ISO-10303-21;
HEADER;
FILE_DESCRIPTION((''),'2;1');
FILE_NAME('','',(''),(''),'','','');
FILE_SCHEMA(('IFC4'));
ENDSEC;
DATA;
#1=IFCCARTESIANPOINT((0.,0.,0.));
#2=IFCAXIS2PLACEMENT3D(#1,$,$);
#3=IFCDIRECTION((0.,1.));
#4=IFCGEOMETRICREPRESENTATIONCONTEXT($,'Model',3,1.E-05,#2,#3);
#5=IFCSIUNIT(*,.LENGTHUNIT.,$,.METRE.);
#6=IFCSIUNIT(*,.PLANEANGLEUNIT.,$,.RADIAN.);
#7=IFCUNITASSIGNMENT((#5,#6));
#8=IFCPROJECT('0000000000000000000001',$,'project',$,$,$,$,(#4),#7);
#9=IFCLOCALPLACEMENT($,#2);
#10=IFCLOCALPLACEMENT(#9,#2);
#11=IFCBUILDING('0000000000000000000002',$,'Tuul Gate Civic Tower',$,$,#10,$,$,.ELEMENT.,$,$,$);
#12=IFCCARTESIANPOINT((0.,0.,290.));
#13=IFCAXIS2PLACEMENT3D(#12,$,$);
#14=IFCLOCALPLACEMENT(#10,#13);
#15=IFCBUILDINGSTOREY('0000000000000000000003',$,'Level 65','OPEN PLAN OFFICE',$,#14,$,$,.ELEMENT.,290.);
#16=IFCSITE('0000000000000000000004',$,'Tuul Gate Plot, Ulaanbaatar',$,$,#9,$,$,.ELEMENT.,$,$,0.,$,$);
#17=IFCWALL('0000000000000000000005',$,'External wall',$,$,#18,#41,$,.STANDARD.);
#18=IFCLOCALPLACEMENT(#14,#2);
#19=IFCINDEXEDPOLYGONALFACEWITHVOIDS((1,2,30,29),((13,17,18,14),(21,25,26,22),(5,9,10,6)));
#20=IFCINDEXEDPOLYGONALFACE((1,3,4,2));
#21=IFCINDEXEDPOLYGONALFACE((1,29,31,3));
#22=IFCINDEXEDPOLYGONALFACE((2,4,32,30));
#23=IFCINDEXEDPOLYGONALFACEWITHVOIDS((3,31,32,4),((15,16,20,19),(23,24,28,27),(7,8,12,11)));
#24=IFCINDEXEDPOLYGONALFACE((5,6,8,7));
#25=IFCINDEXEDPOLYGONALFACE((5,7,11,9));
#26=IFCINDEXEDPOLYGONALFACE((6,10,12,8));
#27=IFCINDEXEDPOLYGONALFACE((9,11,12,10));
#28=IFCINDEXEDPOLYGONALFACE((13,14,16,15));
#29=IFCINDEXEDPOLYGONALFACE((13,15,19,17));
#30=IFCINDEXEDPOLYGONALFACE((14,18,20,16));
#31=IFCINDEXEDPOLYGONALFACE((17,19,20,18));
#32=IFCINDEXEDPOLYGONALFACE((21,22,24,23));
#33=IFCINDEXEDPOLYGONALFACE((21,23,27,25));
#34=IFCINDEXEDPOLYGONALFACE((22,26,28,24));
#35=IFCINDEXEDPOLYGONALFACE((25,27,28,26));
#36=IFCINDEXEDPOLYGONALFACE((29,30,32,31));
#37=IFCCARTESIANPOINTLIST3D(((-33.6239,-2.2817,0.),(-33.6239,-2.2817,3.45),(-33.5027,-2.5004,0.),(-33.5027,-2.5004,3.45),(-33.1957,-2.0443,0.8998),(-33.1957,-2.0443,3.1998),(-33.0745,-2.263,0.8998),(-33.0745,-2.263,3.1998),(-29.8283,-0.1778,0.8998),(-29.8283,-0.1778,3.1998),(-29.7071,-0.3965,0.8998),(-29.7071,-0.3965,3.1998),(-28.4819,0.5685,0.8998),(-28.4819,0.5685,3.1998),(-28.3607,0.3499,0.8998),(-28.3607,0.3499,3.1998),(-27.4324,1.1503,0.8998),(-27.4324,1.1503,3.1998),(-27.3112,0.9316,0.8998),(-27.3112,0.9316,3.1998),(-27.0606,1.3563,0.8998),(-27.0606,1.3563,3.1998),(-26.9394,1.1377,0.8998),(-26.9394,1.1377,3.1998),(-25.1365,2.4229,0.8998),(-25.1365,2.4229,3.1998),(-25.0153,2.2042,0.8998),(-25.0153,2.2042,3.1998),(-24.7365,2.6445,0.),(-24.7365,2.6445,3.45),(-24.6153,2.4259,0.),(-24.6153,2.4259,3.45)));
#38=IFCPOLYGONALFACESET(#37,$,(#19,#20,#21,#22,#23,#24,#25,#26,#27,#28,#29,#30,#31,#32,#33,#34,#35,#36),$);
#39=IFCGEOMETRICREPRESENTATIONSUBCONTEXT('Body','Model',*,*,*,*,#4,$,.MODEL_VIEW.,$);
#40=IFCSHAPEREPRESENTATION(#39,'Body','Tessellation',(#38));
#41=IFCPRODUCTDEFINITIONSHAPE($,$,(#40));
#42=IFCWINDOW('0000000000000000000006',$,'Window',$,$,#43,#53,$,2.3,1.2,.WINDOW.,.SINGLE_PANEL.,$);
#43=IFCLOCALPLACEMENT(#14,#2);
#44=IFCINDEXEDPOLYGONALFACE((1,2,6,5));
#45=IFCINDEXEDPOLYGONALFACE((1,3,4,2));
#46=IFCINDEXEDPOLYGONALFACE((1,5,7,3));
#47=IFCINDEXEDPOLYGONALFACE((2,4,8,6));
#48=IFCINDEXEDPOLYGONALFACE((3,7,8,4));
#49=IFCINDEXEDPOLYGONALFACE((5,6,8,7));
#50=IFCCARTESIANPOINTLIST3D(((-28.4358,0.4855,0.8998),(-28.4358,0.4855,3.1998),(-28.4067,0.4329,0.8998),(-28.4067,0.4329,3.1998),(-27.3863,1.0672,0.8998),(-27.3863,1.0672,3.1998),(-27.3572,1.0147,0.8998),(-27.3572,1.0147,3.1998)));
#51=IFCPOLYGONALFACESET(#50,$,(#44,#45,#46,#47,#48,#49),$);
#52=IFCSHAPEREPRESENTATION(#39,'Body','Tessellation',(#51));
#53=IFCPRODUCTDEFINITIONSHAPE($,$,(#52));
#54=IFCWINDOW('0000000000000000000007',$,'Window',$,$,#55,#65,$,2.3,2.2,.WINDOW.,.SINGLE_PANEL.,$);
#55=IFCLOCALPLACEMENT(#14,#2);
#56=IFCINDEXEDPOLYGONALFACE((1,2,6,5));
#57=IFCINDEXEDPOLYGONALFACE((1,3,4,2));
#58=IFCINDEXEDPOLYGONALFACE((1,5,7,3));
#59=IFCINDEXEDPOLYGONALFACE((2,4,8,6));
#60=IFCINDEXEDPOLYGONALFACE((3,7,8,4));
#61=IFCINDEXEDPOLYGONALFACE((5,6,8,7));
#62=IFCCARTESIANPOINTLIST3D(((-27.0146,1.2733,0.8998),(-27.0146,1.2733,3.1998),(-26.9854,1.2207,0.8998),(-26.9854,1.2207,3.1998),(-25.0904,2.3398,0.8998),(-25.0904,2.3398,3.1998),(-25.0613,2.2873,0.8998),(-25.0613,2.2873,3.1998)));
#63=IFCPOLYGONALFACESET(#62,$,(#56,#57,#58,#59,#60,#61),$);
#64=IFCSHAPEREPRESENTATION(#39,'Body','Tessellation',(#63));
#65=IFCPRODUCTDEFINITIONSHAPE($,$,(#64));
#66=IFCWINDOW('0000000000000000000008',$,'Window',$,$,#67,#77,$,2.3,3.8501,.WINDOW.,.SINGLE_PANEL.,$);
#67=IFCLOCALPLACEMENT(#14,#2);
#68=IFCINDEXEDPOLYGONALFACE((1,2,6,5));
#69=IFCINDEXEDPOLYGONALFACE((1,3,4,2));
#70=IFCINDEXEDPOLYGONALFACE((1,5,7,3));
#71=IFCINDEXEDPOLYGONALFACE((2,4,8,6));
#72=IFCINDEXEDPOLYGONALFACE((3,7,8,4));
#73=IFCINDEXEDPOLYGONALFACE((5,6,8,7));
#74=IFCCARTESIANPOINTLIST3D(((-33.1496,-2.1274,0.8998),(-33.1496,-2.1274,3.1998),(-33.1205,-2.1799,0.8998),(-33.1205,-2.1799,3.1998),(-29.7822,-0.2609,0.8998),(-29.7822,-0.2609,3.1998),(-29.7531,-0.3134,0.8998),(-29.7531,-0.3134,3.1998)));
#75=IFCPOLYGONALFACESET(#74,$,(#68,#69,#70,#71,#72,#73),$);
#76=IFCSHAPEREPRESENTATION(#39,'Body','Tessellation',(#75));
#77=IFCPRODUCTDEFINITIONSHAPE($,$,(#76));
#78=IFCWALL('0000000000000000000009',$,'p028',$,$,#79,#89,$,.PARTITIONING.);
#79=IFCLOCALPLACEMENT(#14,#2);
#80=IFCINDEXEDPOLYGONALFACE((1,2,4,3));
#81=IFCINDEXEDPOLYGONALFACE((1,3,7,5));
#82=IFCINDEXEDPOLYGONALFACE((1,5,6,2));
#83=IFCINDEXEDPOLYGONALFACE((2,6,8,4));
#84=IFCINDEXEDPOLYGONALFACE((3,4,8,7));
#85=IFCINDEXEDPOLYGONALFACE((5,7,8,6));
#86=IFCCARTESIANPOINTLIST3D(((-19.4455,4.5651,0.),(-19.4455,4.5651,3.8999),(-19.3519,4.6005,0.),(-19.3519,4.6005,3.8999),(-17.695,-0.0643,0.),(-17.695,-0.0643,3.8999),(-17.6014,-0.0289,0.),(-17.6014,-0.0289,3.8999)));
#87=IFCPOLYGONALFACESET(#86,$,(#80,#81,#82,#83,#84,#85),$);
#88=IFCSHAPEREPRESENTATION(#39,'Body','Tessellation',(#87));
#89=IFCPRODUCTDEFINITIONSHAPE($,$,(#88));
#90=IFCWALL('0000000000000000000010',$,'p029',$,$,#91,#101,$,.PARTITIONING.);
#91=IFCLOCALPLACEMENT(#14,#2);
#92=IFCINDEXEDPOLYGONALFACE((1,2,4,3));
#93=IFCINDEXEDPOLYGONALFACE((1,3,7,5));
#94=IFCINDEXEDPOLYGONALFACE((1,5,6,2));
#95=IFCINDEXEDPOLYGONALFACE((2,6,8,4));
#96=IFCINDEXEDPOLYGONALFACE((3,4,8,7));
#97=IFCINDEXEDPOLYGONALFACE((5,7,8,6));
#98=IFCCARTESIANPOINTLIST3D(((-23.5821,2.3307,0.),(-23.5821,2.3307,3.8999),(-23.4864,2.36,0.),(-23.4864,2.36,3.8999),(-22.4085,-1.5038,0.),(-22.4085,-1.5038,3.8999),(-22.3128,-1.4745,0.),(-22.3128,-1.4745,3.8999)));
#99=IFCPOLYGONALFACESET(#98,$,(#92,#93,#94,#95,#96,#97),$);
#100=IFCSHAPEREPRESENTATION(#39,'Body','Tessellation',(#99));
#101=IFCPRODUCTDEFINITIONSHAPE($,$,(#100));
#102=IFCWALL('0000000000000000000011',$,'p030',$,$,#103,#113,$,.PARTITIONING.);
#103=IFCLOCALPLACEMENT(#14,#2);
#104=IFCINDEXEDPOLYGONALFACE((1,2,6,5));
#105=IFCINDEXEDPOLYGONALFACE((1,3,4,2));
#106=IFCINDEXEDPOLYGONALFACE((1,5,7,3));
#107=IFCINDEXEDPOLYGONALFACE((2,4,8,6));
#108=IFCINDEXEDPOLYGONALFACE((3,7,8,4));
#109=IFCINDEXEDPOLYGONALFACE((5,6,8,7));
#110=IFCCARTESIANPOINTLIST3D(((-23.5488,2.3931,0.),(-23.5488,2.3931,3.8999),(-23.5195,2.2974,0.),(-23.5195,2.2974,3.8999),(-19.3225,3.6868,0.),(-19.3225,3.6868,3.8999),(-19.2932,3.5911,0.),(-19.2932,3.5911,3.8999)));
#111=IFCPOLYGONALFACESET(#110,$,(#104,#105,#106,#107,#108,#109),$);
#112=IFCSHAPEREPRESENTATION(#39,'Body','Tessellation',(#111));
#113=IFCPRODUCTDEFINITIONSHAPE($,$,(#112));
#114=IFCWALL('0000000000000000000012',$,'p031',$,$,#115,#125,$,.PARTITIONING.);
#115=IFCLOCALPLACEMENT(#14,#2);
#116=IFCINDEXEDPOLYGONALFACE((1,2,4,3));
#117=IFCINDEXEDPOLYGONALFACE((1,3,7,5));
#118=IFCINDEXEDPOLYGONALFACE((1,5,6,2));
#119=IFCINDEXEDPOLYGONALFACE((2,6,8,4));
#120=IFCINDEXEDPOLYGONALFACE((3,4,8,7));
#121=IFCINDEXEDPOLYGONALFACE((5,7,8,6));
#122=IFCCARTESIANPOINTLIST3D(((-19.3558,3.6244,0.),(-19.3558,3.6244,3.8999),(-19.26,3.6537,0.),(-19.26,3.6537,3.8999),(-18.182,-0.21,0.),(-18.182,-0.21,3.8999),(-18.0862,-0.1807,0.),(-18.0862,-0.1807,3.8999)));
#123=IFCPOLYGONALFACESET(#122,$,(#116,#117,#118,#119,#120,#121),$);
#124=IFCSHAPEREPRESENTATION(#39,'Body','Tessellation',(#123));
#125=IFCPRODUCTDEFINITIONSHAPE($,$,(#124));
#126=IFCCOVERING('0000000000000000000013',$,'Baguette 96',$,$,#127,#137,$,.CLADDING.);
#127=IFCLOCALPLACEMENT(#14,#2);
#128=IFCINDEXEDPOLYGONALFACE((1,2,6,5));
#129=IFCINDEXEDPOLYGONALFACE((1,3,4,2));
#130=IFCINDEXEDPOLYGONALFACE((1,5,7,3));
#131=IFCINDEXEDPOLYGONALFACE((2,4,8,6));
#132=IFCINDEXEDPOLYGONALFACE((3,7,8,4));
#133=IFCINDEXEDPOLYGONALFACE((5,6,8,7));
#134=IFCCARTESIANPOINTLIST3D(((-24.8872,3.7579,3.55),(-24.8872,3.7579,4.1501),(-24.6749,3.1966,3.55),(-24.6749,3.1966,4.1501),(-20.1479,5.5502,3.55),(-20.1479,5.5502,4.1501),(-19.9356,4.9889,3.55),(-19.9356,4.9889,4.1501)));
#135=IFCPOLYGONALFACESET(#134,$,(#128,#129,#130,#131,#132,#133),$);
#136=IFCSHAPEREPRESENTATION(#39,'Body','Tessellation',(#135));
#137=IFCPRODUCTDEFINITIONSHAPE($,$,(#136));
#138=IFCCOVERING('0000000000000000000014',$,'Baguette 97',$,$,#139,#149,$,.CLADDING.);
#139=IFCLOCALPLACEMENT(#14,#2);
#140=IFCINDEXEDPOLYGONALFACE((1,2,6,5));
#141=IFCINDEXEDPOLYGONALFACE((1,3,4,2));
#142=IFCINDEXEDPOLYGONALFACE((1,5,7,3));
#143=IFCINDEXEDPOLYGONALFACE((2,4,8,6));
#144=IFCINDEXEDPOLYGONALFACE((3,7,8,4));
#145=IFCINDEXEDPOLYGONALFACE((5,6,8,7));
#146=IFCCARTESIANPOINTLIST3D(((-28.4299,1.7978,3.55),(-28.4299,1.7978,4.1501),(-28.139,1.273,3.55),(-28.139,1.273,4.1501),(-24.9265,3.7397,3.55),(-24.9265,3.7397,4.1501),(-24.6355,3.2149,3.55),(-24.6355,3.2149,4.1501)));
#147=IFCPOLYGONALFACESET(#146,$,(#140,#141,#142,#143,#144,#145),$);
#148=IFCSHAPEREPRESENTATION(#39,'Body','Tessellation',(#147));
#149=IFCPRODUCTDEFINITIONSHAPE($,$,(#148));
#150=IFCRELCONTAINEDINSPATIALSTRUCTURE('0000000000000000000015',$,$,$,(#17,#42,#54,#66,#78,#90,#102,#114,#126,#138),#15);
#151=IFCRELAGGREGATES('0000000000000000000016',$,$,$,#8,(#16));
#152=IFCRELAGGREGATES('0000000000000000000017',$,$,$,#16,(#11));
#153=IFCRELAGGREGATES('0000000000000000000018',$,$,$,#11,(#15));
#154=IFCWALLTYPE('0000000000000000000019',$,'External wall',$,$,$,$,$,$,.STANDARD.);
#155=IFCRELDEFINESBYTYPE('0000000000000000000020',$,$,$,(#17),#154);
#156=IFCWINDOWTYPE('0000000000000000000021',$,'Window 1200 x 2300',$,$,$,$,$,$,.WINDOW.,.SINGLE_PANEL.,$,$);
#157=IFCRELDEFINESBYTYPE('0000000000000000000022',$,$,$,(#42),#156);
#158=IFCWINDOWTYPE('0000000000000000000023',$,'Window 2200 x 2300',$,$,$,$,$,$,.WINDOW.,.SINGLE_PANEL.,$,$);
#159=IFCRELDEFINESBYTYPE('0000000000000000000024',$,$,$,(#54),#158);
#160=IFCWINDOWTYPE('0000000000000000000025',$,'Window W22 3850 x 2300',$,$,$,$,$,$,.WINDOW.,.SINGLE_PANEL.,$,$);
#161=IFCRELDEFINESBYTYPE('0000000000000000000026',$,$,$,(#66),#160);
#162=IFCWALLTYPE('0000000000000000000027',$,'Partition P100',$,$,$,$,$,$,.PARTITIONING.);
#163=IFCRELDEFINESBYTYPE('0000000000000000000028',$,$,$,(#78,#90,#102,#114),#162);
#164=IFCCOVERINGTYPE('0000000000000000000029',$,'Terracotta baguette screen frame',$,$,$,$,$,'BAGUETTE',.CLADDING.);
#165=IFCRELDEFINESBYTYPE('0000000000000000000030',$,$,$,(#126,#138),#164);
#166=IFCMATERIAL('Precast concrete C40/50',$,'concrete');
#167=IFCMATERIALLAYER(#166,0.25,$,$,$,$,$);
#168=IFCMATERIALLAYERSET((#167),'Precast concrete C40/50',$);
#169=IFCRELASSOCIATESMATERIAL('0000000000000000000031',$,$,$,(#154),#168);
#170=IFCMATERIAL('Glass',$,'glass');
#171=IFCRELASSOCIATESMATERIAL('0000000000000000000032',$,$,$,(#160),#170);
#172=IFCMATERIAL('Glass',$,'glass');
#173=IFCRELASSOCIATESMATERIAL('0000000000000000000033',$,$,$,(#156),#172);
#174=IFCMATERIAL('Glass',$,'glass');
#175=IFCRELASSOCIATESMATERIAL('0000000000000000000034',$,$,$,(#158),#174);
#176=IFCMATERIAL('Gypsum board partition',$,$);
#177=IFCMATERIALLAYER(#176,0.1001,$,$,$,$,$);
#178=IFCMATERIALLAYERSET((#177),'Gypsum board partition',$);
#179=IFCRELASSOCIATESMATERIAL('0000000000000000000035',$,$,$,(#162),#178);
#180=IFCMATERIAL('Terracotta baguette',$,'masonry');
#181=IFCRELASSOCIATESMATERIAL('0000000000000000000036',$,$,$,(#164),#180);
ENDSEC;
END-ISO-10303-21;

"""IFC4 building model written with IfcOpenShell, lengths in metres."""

from ifc_helpers import new_model, si_unit, direction, frame, frame_2d, origin, origin_2d, place, context, subcontext, project, spatial, rectangle, extrude, material, layer, layer_set, material_profile, profile_set, type_object, element, fill, save


model = new_model("IFC4")

# Units and contexts
model_context = context("Model", 3, precision=1e-05, world=origin(), true_north=direction((0.0, 1.0)))
body_context = subcontext(model_context, "Body", "Model", "MODEL_VIEW")
ifc_project = project(units=[si_unit("LENGTHUNIT", "METRE"), si_unit("PLANEANGLEUNIT", "RADIAN")], contexts=[model_context])

# Site, building, storey
site_placement = place(None, origin())
site = spatial("IfcSite", under=ifc_project, at=site_placement, Name="Tuul Gate Plot, Ulaanbaatar", CompositionType="ELEMENT", RefElevation=0.0)
building_placement = place(site_placement, origin())
building = spatial("IfcBuilding", under=site, at=building_placement, Name="Tuul Gate Civic Tower", CompositionType="ELEMENT")
storey_placement = place(building_placement, frame((0.0, 0.0, 290.0)))
storey = spatial("IfcBuildingStorey", under=building, at=storey_placement, Name="Level 65", Description="OPEN PLAN OFFICE", CompositionType="ELEMENT", Elevation=290.0)

# Wall, openings, windows
ifc_material_1 = material(Name="Precast concrete C40/50", Category="concrete")
ifc_layer_1 = layer(ifc_material_1, 0.25)
ifc_layer_set_1 = layer_set([ifc_layer_1], Name="Precast concrete C40/50")
wall_type_1 = type_object("IfcWallType", Name="External wall", PredefinedType="STANDARD", material=ifc_layer_set_1)
ifc_material_2 = material(Name="Glass", Category="glass")
window_type_1 = type_object("IfcWindowType", Name="Window W22 3850 x 2300", PartitioningType="SINGLE_PANEL", PredefinedType="WINDOW", material=ifc_material_2)
wall_1_placement = place(storey_placement, frame((-24.676, 2.5352, 0.0), z_axis=(0.0, 0.0, 1.0), x_axis=(-0.874625, -0.4848, 0.0)))
wall_1 = element("IfcWall", 1, at=wall_1_placement, inside=storey, type_object=wall_type_1, Name="External wall", PredefinedType="STANDARD", context=body_context, shape_type="SweptSolid", body=[
    extrude(rectangle(XDim=10.1614, YDim=0.25, at=frame_2d((5.0806, 0.0))), origin(), (0.0, 0.0, 1.0), 3.45),
])
opening_1_placement = place(wall_1_placement, frame((5.8215, 0.0, 0.8999)))
opening_1 = element("IfcOpeningElement", 2, at=opening_1_placement, cuts=wall_1, PredefinedType="OPENING", context=body_context, shape_type="SweptSolid", body=[
    extrude(rectangle(XDim=3.8501, YDim=2.3, at=frame_2d((1.925, 1.1499))), frame((0.0, 0.135, 0.0), z_axis=(0.0, -1.0, 0.0), x_axis=(1.0, 0.0, 0.0)), (0.0, 0.0, 1.0), 0.27),
])
opening_2_placement = place(wall_1_placement, frame((0.457, 0.0, 0.8999)))
opening_2 = element("IfcOpeningElement", 3, at=opening_2_placement, cuts=wall_1, PredefinedType="OPENING", context=body_context, shape_type="SweptSolid", body=[
    extrude(rectangle(XDim=2.2, YDim=2.3, at=frame_2d((1.1001, 1.1499))), frame((0.0, 0.135, 0.0), z_axis=(0.0, -1.0, 0.0), x_axis=(1.0, 0.0, 0.0)), (0.0, 0.0, 1.0), 0.27),
])
opening_3_placement = place(wall_1_placement, frame((3.082, 0.0, 0.8999)))
opening_3 = element("IfcOpeningElement", 4, at=opening_3_placement, cuts=wall_1, PredefinedType="OPENING", context=body_context, shape_type="SweptSolid", body=[
    extrude(rectangle(XDim=1.2, YDim=2.3, at=frame_2d((0.6001, 1.1499))), frame((0.0, 0.135, 0.0), z_axis=(0.0, -1.0, 0.0), x_axis=(1.0, 0.0, 0.0)), (0.0, 0.0, 1.0), 0.27),
])
ifc_material_3 = material(Name="Glass", Category="glass")
window_type_2 = type_object("IfcWindowType", Name="Window 1200 x 2300", PartitioningType="SINGLE_PANEL", PredefinedType="WINDOW", material=ifc_material_3)
window_1_placement = place(opening_3_placement, origin())
window_1 = element("IfcWindow", 5, at=window_1_placement, inside=storey, type_object=window_type_2, Name="Window", OverallHeight=2.3, OverallWidth=1.2, PartitioningType="SINGLE_PANEL", PredefinedType="WINDOW", context=body_context, shape_type="SweptSolid", body=[
    extrude(rectangle(XDim=1.2, YDim=2.3, at=frame_2d((0.6001, 1.1499))), frame((0.0, 0.03, 0.0), z_axis=(0.0, -1.0, 0.0), x_axis=(1.0, 0.0, 0.0)), (0.0, 0.0, 1.0), 0.0601),
])
fill(opening_3, window_1)
ifc_material_4 = material(Name="Glass", Category="glass")
window_type_3 = type_object("IfcWindowType", Name="Window 2200 x 2300", PartitioningType="SINGLE_PANEL", PredefinedType="WINDOW", material=ifc_material_4)
window_2_placement = place(opening_2_placement, origin())
window_2 = element("IfcWindow", 6, at=window_2_placement, inside=storey, type_object=window_type_3, Name="Window", OverallHeight=2.3, OverallWidth=2.2, PartitioningType="SINGLE_PANEL", PredefinedType="WINDOW", context=body_context, shape_type="SweptSolid", body=[
    extrude(rectangle(XDim=2.2, YDim=2.3, at=frame_2d((1.1001, 1.1499))), frame((0.0, 0.03, 0.0), z_axis=(0.0, -1.0, 0.0), x_axis=(1.0, 0.0, 0.0)), (0.0, 0.0, 1.0), 0.0601),
])
fill(opening_2, window_2)
window_3_placement = place(opening_1_placement, origin())
window_3 = element("IfcWindow", 7, at=window_3_placement, inside=storey, type_object=window_type_1, Name="Window", OverallHeight=2.3, OverallWidth=3.8501, PartitioningType="SINGLE_PANEL", PredefinedType="WINDOW", context=body_context, shape_type="SweptSolid", body=[
    extrude(rectangle(XDim=3.8501, YDim=2.3, at=frame_2d((1.925, 1.1499))), frame((0.0, 0.03, 0.0), z_axis=(0.0, -1.0, 0.0), x_axis=(1.0, 0.0, 0.0)), (0.0, 0.0, 1.0), 0.0601),
])
fill(opening_1, window_3)

# Walls
ifc_material_5 = material(Name="Gypsum board partition")
ifc_layer_2 = layer(ifc_material_5, 0.1001)
ifc_layer_set_2 = layer_set([ifc_layer_2], Name="Gypsum board partition")
wall_type_2 = type_object("IfcWallType", Name="Partition P100", PredefinedType="PARTITIONING", material=ifc_layer_set_2)
wall_2_placement = place(storey_placement, frame((-19.3987, 4.5828, 0.0), z_axis=(0.0, 0.0, 1.0), x_axis=(0.353684, -0.935365, 0.0)))
element("IfcWall", 8, at=wall_2_placement, inside=storey, type_object=wall_type_2, Name="p028", PredefinedType="PARTITIONING", context=body_context, shape_type="SweptSolid", body=[
    extrude(rectangle(XDim=4.9492, YDim=0.1001, at=frame_2d((2.4746, 0.0))), origin(), (0.0, 0.0, 1.0), 3.8999),
])
wall_3_placement = place(storey_placement, frame((-23.5342, 2.3452, 0.0), z_axis=(0.0, 0.0, 1.0), x_axis=(0.292661, -0.956216, 0.0)))
element("IfcWall", 9, at=wall_3_placement, inside=storey, type_object=wall_type_2, Name="p029", PredefinedType="PARTITIONING", context=body_context, shape_type="SweptSolid", body=[
    extrude(rectangle(XDim=4.01, YDim=0.1001, at=frame_2d((2.0049, 0.0))), origin(), (0.0, 0.0, 1.0), 3.8999),
])
wall_4_placement = place(storey_placement, frame((-23.5342, 2.3452, 0.0), z_axis=(0.0, 0.0, 1.0), x_axis=(0.956204, 0.2927, 0.0)))
element("IfcWall", 10, at=wall_4_placement, inside=storey, type_object=wall_type_2, Name="p030", PredefinedType="PARTITIONING", context=body_context, shape_type="SweptSolid", body=[
    extrude(rectangle(XDim=4.4199, YDim=0.1001, at=frame_2d((2.21, 0.0))), origin(), (0.0, 0.0, 1.0), 3.8999),
])
wall_5_placement = place(storey_placement, frame((-19.3079, 3.6389, 0.0), z_axis=(0.0, 0.0, 1.0), x_axis=(0.292717, -0.956199, 0.0)))
element("IfcWall", 11, at=wall_5_placement, inside=storey, type_object=wall_type_2, Name="p031", PredefinedType="PARTITIONING", context=body_context, shape_type="SweptSolid", body=[
    extrude(rectangle(XDim=4.01, YDim=0.1001, at=frame_2d((2.0049, 0.0))), origin(), (0.0, 0.0, 1.0), 3.8999),
])

# Coverings
ifc_material_6 = material(Name="Terracotta baguette", Category="masonry")
ifc_material_profile_1 = material_profile(ifc_material_6, rectangle(XDim=0.6001, YDim=0.6001, at=origin_2d()), Name="Terracotta baguette screen frame")
ifc_profile_set_1 = profile_set([ifc_material_profile_1], Name="Terracotta baguette")
covering_type = type_object("IfcCoveringType", Name="Terracotta baguette screen frame", ElementType="BAGUETTE", PredefinedType="CLADDING", material=ifc_profile_set_1)
covering_1_placement = place(storey_placement, frame((-20.0417, 5.2695, 3.8501), z_axis=(-0.935351, -0.35372, 0.0), x_axis=(0.35372, -0.935351, 0.0)))
element("IfcCovering", 12, at=covering_1_placement, inside=storey, type_object=covering_type, Name="Baguette 96", PredefinedType="CLADDING", context=body_context, shape_type="SweptSolid", body=[
    extrude(rectangle(XDim=0.6001, YDim=0.6001, at=origin_2d()), origin(), (0.0, 0.0, 1.0), 5.0669),
])
covering_2_placement = place(storey_placement, frame((-24.781, 3.4773, 3.8501), z_axis=(-0.874628, -0.484794, 0.0), x_axis=(0.484794, -0.874628, 0.0)))
element("IfcCovering", 13, at=covering_2_placement, inside=storey, type_object=covering_type, Name="Baguette 97", PredefinedType="CLADDING", context=body_context, shape_type="SweptSolid", body=[
    extrude(rectangle(XDim=0.6001, YDim=0.6001, at=origin_2d()), origin(), (0.0, 0.0, 1.0), 4.0056),
])

save(model, "model.ifc")
